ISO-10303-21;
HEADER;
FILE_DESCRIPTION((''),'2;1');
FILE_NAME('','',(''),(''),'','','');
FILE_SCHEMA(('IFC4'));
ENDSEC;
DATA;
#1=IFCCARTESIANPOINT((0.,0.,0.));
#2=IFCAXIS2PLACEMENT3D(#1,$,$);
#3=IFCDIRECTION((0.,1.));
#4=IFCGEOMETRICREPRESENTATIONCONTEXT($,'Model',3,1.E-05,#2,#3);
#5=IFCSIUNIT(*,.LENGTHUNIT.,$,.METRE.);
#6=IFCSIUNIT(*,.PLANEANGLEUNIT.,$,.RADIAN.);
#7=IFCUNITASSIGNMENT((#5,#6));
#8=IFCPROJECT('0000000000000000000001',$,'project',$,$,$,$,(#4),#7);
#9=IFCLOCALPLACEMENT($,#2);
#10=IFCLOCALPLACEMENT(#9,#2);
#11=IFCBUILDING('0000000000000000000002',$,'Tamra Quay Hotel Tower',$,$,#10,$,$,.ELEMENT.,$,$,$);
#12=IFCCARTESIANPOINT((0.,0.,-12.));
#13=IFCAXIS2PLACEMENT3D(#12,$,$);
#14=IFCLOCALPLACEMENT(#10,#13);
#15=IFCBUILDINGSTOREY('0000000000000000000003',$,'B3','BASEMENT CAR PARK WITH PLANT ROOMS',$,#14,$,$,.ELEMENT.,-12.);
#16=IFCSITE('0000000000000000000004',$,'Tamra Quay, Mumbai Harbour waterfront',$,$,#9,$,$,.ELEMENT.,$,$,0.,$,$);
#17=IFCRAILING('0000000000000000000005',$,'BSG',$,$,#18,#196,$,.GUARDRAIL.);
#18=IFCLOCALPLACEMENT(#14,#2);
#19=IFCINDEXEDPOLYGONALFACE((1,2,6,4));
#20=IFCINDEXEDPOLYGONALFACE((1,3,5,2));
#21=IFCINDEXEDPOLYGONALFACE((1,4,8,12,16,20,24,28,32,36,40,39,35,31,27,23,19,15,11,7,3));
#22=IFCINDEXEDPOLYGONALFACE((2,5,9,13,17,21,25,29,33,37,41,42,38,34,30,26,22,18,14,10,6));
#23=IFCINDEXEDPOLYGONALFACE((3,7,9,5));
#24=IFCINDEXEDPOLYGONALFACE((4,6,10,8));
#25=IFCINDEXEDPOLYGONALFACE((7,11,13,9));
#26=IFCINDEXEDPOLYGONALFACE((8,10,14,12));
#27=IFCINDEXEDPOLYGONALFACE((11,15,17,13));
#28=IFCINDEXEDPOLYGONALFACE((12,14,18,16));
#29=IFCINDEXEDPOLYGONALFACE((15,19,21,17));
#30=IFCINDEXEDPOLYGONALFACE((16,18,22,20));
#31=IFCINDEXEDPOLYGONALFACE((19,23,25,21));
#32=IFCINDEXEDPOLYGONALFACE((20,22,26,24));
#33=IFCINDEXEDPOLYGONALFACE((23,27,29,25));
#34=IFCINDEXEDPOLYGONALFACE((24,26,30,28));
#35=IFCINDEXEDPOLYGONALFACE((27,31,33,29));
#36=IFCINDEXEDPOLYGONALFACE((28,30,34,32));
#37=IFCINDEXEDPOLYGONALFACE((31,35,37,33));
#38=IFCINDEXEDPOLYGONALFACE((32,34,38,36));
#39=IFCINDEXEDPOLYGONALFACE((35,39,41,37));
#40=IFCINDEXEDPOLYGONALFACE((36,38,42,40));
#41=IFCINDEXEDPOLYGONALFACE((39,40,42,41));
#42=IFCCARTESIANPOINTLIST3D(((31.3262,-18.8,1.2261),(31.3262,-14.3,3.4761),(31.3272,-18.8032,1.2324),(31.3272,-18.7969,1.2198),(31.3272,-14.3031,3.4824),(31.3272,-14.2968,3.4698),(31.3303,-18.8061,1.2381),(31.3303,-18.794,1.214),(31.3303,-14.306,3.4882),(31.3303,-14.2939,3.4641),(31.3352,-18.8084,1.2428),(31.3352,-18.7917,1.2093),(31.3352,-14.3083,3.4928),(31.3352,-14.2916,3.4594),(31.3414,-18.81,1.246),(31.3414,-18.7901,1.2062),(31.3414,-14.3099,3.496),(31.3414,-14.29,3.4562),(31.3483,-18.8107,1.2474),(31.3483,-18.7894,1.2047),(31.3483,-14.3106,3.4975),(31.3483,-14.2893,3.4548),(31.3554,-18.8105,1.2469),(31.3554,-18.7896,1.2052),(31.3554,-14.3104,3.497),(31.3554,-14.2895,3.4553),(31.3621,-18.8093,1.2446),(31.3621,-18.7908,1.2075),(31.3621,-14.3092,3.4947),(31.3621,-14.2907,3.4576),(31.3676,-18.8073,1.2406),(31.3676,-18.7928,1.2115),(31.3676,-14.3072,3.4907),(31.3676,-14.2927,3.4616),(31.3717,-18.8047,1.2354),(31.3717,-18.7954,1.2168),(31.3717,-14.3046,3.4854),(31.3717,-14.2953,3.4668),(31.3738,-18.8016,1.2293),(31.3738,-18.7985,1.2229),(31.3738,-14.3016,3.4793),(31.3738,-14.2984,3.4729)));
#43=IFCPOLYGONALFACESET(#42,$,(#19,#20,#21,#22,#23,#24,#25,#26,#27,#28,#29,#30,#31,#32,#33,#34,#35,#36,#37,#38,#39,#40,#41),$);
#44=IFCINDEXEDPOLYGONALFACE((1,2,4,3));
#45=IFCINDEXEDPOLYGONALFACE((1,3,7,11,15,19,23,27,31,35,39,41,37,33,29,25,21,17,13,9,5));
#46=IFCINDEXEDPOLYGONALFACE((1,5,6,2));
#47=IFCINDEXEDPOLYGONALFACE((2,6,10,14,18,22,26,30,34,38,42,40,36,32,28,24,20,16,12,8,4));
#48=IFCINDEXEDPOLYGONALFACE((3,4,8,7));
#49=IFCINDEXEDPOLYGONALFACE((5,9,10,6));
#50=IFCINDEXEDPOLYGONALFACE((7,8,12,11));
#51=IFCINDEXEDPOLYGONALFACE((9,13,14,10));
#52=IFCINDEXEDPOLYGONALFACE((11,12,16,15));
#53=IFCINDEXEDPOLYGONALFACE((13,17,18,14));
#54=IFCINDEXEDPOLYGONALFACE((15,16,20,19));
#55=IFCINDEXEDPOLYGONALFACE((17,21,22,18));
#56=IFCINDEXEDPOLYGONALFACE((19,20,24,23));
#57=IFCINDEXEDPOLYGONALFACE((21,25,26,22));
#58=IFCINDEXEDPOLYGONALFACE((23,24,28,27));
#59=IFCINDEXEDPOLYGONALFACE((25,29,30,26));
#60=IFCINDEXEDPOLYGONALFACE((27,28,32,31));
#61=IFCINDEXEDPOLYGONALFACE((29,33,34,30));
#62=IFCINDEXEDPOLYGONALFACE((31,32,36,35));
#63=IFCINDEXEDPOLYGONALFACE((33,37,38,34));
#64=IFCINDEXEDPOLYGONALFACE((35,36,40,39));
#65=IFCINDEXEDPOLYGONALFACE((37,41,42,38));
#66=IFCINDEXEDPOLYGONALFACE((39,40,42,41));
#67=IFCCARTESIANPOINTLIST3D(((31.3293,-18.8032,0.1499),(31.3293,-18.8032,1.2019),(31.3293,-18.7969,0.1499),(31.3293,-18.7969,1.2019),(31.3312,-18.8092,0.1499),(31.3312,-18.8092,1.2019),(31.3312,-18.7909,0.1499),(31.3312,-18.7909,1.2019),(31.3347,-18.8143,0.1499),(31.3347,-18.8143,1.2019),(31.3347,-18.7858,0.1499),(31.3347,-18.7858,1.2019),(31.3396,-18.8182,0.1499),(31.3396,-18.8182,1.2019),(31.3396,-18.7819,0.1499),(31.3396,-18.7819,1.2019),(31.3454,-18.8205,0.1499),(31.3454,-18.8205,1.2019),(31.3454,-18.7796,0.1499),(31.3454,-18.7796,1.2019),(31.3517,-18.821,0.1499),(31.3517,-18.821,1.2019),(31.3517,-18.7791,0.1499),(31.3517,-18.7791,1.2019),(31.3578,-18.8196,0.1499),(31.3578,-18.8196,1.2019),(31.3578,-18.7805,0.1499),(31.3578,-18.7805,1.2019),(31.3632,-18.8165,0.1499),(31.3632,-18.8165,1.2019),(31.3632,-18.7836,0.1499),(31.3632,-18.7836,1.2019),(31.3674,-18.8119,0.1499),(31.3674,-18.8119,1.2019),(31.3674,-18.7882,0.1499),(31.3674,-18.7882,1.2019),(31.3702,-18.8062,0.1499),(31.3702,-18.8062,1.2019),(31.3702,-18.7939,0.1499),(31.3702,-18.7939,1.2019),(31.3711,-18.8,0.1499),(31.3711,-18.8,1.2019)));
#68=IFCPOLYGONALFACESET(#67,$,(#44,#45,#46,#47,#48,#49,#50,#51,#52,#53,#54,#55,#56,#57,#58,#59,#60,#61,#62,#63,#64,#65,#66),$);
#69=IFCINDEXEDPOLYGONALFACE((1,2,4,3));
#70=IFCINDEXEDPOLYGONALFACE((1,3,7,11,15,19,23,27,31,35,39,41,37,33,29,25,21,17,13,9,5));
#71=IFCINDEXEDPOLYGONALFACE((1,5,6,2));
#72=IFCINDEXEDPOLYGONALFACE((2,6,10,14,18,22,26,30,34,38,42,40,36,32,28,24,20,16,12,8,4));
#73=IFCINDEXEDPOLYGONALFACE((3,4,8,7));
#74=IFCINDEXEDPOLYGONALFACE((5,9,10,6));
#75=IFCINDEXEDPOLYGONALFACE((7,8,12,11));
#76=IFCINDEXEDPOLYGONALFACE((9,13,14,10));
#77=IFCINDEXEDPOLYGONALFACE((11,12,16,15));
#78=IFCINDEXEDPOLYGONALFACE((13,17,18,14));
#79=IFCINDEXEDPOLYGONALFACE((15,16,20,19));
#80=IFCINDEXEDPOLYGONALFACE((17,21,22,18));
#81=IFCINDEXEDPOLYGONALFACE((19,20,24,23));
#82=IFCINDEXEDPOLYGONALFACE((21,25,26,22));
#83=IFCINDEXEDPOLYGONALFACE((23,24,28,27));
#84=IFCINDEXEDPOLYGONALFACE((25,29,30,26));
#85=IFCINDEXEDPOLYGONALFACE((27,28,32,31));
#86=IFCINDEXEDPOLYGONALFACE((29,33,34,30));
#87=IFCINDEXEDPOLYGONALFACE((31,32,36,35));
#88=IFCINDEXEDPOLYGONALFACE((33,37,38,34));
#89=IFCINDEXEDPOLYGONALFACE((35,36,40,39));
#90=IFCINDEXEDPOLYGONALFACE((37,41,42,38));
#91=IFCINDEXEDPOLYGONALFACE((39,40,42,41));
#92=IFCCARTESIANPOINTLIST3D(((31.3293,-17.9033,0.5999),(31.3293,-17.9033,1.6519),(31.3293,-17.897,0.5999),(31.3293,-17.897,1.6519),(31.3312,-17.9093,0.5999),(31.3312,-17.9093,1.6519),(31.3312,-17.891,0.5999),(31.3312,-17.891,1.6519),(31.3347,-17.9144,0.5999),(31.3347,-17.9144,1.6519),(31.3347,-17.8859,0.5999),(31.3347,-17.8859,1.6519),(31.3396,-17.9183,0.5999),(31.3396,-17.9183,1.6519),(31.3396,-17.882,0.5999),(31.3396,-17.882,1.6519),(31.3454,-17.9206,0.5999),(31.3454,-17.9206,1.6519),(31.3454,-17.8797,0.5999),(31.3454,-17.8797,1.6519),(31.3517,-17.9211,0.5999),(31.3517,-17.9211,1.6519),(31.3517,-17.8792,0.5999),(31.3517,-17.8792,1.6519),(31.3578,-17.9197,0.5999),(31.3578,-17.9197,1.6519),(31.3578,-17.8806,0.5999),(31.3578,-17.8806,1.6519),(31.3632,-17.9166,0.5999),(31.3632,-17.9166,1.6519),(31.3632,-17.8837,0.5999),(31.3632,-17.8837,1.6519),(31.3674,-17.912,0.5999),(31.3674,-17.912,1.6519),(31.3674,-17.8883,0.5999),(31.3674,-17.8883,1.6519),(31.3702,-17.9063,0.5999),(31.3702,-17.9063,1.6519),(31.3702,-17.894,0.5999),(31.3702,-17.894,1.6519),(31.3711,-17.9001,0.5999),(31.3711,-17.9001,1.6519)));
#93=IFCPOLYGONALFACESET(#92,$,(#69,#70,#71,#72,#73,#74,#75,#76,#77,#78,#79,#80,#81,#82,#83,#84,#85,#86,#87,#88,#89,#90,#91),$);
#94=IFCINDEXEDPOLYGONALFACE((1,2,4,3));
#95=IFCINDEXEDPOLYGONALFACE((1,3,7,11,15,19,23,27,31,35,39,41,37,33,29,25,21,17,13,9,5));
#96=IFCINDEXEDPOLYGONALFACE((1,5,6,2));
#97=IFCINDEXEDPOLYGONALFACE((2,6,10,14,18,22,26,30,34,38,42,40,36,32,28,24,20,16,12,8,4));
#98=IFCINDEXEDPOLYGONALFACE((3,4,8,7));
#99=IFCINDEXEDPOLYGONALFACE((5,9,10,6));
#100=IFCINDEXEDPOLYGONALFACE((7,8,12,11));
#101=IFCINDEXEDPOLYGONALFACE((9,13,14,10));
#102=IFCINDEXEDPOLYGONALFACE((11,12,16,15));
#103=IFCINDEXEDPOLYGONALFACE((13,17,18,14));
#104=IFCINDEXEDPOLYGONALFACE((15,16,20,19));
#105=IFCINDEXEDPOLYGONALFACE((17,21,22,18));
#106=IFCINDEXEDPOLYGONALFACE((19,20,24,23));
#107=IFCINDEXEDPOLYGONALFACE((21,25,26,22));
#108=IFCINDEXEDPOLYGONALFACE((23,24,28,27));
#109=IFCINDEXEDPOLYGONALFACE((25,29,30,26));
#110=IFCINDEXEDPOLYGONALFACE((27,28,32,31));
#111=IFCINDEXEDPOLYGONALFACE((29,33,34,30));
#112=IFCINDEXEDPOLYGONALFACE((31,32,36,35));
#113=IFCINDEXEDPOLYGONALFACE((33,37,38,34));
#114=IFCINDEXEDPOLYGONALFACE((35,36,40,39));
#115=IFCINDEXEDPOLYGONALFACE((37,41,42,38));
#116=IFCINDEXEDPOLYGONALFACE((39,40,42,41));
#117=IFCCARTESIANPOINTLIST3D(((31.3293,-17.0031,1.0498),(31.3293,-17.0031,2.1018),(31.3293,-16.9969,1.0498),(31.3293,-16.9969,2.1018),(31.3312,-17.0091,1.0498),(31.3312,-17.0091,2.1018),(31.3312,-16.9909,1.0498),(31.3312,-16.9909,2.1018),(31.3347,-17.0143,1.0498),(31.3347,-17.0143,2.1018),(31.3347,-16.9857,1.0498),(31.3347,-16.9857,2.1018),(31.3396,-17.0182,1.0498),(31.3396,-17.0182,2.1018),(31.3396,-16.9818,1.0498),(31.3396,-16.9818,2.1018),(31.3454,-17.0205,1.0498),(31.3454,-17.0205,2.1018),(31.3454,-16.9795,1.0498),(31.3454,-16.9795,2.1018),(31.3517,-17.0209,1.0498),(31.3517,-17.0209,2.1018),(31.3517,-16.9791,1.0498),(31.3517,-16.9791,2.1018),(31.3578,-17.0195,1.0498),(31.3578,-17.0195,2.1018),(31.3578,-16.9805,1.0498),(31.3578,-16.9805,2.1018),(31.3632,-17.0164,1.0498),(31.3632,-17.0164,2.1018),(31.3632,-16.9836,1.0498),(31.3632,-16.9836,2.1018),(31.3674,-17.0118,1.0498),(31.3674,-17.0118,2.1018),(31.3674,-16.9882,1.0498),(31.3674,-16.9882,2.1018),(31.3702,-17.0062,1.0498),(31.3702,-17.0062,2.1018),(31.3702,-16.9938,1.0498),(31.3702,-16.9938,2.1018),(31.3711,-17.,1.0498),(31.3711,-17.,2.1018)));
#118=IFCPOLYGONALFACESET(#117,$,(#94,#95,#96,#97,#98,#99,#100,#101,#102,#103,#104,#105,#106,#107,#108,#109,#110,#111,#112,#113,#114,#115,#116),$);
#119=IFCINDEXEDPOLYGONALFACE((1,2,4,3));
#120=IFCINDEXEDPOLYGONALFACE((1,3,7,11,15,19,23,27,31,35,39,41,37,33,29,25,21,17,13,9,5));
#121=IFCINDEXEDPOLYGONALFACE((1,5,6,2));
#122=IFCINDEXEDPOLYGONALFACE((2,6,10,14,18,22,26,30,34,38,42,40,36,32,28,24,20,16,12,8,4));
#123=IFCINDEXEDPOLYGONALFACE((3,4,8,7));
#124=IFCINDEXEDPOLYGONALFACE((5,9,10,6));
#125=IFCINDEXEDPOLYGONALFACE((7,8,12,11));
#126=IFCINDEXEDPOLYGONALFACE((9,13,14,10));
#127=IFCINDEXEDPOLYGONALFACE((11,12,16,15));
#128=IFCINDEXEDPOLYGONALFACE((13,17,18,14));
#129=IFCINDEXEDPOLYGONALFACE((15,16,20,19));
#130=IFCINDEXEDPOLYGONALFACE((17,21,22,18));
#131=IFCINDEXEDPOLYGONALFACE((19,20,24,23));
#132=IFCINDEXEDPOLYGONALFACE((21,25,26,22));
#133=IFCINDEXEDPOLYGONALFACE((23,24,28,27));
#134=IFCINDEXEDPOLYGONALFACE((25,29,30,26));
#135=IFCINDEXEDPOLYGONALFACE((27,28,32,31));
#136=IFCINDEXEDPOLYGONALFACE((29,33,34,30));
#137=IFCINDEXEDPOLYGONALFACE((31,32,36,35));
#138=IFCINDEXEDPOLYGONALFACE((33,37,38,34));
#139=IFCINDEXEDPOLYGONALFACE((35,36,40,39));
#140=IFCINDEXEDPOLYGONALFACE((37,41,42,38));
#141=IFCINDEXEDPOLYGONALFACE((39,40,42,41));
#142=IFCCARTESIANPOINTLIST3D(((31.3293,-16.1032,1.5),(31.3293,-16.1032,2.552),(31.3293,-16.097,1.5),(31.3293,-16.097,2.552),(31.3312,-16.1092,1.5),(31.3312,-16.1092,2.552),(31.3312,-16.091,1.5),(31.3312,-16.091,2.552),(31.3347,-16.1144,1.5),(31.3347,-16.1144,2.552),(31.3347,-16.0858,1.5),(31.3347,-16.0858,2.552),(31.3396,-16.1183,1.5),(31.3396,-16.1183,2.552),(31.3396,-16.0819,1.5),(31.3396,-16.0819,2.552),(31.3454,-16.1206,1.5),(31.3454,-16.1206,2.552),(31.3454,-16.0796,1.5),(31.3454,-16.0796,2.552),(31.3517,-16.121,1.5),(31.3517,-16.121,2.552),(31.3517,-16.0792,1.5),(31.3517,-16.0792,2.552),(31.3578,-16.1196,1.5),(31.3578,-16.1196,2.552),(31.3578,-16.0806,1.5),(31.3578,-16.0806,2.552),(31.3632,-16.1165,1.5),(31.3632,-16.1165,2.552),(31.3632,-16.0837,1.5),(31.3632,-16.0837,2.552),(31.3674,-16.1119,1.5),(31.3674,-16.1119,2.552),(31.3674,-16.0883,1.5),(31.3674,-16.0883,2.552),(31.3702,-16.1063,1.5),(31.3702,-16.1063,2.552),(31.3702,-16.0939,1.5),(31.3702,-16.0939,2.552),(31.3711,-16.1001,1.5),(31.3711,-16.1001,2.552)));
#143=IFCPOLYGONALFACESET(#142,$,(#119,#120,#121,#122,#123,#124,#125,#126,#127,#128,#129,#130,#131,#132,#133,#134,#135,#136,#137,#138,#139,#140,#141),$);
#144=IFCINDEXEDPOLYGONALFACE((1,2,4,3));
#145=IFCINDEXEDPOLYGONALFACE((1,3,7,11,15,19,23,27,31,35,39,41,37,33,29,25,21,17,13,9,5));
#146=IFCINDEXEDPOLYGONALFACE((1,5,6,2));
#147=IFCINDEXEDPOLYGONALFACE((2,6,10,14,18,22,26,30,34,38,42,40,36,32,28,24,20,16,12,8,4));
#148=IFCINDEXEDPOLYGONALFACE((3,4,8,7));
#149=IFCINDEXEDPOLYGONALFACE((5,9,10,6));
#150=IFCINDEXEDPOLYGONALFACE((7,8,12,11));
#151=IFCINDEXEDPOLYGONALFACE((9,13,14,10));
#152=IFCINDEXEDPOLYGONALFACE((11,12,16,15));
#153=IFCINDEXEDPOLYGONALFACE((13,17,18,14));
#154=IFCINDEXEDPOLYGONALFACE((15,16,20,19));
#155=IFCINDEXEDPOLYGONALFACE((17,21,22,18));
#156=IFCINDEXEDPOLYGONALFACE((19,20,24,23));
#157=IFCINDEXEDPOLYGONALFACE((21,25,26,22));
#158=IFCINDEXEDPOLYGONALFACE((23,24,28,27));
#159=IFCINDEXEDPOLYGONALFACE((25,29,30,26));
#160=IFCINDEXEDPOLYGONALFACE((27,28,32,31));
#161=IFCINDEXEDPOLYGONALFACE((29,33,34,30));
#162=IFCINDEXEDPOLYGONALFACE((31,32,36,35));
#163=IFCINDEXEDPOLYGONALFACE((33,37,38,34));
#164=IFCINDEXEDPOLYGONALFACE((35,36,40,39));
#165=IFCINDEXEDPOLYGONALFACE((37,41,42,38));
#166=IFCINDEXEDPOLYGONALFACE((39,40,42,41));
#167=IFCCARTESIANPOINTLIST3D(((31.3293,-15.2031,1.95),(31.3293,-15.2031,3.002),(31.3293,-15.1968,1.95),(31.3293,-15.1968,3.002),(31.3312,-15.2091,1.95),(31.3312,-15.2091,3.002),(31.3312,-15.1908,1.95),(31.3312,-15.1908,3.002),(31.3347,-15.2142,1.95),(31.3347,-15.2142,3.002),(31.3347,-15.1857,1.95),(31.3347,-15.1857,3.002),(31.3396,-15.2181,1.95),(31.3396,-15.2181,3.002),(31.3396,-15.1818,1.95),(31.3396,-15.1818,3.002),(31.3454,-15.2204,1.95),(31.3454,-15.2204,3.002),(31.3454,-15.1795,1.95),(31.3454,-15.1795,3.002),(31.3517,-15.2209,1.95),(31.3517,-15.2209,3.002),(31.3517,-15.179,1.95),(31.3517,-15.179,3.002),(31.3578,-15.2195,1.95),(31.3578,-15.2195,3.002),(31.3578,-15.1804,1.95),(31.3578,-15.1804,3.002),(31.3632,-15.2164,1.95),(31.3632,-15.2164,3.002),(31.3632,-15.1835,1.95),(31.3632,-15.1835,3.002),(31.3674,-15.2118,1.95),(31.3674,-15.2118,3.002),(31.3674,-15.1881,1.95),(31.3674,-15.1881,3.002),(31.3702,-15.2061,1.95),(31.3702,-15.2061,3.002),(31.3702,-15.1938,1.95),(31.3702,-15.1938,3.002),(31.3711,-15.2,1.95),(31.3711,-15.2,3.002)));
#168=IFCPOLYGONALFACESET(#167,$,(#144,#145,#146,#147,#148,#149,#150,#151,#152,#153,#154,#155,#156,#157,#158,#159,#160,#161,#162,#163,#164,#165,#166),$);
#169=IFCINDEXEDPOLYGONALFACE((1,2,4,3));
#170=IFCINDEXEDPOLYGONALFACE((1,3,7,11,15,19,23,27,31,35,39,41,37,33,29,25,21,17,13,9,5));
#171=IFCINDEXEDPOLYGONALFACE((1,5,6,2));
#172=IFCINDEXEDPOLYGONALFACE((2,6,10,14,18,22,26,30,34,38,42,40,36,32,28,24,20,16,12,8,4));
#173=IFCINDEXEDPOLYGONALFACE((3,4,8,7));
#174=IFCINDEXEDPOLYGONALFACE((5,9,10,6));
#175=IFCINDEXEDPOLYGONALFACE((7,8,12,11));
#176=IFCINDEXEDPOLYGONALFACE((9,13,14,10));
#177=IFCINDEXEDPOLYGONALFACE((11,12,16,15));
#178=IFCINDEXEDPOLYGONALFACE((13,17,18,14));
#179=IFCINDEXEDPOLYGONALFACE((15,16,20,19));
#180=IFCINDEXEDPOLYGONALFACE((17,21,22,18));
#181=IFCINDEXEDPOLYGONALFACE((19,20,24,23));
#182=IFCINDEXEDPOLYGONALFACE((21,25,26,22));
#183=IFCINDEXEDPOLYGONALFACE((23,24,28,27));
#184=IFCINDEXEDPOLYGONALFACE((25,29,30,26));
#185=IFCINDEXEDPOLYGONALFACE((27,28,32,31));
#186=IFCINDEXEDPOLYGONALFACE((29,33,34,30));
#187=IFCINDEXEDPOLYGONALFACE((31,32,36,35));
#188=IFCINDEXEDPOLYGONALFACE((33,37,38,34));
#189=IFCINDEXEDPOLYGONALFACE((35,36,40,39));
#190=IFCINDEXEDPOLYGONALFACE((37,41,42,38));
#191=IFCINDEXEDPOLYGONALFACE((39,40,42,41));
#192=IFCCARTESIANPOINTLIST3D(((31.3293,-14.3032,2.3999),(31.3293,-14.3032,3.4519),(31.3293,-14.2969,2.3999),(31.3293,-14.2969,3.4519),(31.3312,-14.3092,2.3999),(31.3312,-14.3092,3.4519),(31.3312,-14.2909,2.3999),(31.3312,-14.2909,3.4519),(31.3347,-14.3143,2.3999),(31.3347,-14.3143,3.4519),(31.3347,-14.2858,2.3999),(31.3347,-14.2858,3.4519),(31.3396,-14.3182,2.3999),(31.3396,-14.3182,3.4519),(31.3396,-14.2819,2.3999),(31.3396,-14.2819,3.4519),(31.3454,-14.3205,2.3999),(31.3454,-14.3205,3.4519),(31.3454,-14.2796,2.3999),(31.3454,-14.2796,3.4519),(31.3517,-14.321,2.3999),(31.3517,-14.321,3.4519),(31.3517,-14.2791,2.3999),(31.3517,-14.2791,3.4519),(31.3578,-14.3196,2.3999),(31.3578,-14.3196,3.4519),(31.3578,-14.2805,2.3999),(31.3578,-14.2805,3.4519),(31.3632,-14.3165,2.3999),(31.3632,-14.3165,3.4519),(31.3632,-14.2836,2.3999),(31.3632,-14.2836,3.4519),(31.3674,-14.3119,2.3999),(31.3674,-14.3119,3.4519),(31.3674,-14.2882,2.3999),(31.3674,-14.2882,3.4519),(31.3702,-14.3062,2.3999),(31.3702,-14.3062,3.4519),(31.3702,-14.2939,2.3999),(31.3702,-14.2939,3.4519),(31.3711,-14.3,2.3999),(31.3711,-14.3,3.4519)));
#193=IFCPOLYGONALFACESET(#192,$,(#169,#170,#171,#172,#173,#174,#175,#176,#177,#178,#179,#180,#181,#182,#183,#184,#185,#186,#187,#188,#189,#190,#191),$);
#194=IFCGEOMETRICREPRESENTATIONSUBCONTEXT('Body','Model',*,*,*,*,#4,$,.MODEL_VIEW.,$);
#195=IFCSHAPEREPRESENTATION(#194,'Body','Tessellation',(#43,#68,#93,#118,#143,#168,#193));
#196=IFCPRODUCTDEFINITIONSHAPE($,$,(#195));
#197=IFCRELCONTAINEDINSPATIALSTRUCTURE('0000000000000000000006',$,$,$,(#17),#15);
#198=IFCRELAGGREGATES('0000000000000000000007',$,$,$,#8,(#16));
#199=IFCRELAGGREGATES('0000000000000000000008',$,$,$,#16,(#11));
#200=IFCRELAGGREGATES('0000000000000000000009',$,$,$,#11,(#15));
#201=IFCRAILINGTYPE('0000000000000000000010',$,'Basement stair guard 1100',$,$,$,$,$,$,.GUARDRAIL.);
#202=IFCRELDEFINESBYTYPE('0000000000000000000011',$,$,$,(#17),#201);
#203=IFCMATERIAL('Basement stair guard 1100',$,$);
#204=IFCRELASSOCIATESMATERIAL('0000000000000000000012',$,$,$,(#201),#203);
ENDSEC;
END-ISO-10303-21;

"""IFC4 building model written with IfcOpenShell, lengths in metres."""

from ifc_helpers import new_model, si_unit, direction, frame, origin, origin_2d, place, context, subcontext, project, spatial, circle, extrude, material, type_object, element, save


model = new_model("IFC4")

# Units and contexts
model_context = context("Model", 3, precision=1e-05, world=origin(), true_north=direction((0.0, 1.0)))
body_context = subcontext(model_context, "Body", "Model", "MODEL_VIEW")
ifc_project = project(units=[si_unit("LENGTHUNIT", "METRE"), si_unit("PLANEANGLEUNIT", "RADIAN")], contexts=[model_context])

# Site, building, storey
site_placement = place(None, origin())
site = spatial("IfcSite", under=ifc_project, at=site_placement, Name="Tamra Quay, Mumbai Harbour waterfront", CompositionType="ELEMENT", RefElevation=0.0)
building_placement = place(site_placement, origin())
building = spatial("IfcBuilding", under=site, at=building_placement, Name="Tamra Quay Hotel Tower", CompositionType="ELEMENT")
storey_placement = place(building_placement, frame((0.0, 0.0, -12.0)))
storey = spatial("IfcBuildingStorey", under=building, at=storey_placement, Name="B3", Description="BASEMENT CAR PARK WITH PLANT ROOMS", CompositionType="ELEMENT", Elevation=-12.0)

# Railing
ifc_material_1 = material(Name="Basement stair guard 1100")
railing_type_1 = type_object("IfcRailingType", Name="Basement stair guard 1100", PredefinedType="GUARDRAIL", material=ifc_material_1)
railing_1_placement = place(storey_placement, frame((31.3501, -18.8, 0.1499)))
element("IfcRailing", 1, at=railing_1_placement, inside=storey, type_object=railing_type_1, Name="BSG", PredefinedType="GUARDRAIL", context=body_context, shape_type="SweptSolid", body=[
    extrude(circle(Radius=0.0239, at=origin_2d()), frame((0.0, 0.0, 1.0762), z_axis=(0.0, 0.894427, 0.447214), x_axis=(-1.0, 0.0, 0.0)), (0.0, 0.0, 1.0), 5.0312),
    extrude(circle(Radius=0.021, at=origin_2d()), origin(), (0.0, 0.0, 1.0), 1.052),
    extrude(circle(Radius=0.021, at=origin_2d()), frame((0.0, 0.8999, 0.45)), (0.0, 0.0, 1.0), 1.052),
    extrude(circle(Radius=0.021, at=origin_2d()), frame((0.0, 1.8, 0.8999)), (0.0, 0.0, 1.0), 1.052),
    extrude(circle(Radius=0.021, at=origin_2d()), frame((0.0, 2.7, 1.3501)), (0.0, 0.0, 1.0), 1.052),
    extrude(circle(Radius=0.021, at=origin_2d()), frame((0.0, 3.6001, 1.8)), (0.0, 0.0, 1.0), 1.052),
    extrude(circle(Radius=0.021, at=origin_2d()), frame((0.0, 4.5, 2.25)), (0.0, 0.0, 1.0), 1.052),
])

save(model, "model.ifc")
